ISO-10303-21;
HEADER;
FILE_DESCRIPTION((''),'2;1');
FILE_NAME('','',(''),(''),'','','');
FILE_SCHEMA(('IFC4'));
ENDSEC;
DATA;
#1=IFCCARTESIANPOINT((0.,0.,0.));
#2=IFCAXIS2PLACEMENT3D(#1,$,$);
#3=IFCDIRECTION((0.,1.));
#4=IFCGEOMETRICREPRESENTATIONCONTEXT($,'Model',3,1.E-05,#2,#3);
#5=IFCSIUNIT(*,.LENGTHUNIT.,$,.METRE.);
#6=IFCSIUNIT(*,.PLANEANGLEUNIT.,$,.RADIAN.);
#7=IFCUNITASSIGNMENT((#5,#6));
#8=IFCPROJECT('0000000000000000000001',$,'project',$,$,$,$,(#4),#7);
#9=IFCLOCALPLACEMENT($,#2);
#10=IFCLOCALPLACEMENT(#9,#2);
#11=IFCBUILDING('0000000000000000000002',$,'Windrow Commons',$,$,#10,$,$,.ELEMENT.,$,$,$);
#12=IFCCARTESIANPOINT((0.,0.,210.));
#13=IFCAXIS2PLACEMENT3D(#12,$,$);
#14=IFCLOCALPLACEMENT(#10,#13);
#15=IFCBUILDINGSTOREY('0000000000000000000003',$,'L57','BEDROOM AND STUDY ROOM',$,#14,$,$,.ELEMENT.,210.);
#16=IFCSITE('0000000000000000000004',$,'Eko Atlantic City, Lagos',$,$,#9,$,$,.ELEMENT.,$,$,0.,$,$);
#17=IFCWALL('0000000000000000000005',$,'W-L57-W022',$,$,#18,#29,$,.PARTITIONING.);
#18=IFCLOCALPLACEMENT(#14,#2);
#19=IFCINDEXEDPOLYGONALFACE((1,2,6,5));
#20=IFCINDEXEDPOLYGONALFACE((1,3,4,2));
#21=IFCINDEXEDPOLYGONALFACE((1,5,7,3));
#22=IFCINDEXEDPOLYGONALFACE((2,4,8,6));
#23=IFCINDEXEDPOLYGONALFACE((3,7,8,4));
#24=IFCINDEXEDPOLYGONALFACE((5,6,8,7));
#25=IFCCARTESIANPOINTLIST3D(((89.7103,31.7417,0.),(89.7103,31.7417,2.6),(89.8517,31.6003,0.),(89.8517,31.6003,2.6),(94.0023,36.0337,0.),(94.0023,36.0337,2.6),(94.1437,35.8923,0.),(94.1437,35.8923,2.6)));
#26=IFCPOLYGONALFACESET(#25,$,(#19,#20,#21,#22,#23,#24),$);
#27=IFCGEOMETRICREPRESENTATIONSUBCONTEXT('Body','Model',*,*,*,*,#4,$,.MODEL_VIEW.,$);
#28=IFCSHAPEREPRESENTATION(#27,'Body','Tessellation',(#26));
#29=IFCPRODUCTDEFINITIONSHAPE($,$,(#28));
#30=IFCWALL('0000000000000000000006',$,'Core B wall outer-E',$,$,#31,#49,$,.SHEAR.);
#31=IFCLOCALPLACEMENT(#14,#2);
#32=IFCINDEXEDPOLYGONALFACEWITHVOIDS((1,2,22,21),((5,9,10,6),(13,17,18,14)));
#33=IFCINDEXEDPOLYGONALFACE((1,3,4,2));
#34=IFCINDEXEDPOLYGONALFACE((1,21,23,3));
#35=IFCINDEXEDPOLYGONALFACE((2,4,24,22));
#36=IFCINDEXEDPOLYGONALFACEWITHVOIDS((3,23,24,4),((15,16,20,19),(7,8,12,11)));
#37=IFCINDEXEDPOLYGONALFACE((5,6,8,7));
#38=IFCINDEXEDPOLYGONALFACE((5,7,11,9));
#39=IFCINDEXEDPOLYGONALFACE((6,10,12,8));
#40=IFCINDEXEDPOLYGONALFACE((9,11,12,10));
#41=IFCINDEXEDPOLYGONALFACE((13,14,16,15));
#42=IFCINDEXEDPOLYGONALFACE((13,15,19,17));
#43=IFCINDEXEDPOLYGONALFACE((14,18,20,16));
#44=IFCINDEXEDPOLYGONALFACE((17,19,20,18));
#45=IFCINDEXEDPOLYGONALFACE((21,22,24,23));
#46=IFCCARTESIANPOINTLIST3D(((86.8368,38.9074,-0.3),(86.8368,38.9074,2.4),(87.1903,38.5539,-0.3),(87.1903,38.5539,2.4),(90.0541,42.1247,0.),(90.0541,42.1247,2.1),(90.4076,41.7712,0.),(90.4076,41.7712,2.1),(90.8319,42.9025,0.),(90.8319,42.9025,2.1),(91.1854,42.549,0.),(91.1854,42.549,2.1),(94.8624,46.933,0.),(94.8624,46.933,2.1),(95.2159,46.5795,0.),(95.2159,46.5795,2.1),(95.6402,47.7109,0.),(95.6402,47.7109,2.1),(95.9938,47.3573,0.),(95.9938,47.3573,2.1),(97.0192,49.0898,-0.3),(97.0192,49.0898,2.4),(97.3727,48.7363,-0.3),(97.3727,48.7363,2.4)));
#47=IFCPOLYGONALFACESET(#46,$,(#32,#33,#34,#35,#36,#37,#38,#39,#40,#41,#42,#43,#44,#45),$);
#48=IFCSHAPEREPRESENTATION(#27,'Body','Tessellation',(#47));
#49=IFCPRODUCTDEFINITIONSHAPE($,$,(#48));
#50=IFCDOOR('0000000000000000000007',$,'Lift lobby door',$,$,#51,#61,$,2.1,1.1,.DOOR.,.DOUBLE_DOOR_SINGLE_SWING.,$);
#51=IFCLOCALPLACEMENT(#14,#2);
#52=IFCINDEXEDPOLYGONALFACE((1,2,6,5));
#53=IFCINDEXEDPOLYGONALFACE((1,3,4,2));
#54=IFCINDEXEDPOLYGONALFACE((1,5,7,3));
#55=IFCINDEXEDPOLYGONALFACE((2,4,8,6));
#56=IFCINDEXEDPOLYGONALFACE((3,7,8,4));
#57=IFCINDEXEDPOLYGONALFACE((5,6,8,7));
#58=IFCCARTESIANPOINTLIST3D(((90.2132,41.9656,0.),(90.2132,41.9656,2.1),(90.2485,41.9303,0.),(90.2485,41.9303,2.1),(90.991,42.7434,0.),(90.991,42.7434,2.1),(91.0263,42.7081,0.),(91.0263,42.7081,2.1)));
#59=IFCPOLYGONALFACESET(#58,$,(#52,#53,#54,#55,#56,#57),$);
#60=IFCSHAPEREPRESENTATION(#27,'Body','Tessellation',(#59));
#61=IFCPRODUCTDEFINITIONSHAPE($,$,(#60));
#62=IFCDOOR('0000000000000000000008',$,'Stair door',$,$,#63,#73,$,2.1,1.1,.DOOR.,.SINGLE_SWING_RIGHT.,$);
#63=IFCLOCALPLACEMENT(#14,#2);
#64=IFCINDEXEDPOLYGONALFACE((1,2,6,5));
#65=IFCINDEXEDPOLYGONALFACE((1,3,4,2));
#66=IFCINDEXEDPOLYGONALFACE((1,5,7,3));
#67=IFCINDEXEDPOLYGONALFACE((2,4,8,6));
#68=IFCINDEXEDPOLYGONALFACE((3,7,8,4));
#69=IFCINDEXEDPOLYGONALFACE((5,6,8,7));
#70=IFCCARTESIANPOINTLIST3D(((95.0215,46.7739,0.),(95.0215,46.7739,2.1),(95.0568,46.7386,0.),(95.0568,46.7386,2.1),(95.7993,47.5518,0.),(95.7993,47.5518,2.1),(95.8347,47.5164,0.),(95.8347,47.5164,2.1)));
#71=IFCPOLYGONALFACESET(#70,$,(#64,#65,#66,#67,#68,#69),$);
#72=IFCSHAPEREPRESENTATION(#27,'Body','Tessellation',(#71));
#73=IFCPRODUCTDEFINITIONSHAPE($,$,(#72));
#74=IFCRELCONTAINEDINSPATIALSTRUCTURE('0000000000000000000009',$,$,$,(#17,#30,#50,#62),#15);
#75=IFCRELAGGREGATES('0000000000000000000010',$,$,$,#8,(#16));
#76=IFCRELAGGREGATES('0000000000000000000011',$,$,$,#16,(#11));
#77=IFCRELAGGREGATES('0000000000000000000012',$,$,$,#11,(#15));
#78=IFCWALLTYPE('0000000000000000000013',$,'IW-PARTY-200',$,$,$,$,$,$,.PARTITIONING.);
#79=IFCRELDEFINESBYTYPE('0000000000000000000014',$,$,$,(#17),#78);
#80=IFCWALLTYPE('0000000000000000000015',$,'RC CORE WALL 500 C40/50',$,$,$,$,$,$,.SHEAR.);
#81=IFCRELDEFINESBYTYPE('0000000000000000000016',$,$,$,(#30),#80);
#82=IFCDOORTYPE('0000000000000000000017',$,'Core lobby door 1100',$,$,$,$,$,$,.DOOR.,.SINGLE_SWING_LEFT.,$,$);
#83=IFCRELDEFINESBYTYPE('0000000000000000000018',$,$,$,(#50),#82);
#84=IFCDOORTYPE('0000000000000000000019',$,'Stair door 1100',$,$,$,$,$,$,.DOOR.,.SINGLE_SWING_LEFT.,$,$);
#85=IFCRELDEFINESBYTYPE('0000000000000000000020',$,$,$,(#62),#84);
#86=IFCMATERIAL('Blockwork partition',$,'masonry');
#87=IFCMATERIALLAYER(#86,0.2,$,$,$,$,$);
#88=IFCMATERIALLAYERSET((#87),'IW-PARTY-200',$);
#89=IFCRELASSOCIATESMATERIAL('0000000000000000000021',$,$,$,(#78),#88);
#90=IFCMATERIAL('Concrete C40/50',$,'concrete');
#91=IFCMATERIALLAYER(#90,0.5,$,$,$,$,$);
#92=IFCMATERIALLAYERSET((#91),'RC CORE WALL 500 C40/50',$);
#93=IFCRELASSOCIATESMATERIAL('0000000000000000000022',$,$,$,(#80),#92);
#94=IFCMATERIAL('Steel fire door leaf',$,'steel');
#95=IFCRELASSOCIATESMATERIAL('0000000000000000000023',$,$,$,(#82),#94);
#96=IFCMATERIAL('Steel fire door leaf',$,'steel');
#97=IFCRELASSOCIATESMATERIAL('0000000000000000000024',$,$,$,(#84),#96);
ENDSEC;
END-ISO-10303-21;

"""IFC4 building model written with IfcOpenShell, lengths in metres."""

from ifc_helpers import new_model, si_unit, direction, frame, frame_2d, origin, place, context, subcontext, project, spatial, rectangle, extrude, material, layer, layer_set, type_object, element, fill, save


model = new_model("IFC4")

# Units and contexts
model_context = context("Model", 3, precision=1e-05, world=origin(), true_north=direction((0.0, 1.0)))
body_context = subcontext(model_context, "Body", "Model", "MODEL_VIEW")
ifc_project = project(units=[si_unit("LENGTHUNIT", "METRE"), si_unit("PLANEANGLEUNIT", "RADIAN")], contexts=[model_context])

# Site, building, storey
site_placement = place(None, origin())
site = spatial("IfcSite", under=ifc_project, at=site_placement, Name="Eko Atlantic City, Lagos", CompositionType="ELEMENT", RefElevation=0.0)
building_placement = place(site_placement, origin())
building = spatial("IfcBuilding", under=site, at=building_placement, Name="Windrow Commons", CompositionType="ELEMENT")
storey_placement = place(building_placement, frame((0.0, 0.0, 210.0)))
storey = spatial("IfcBuildingStorey", under=building, at=storey_placement, Name="L57", Description="BEDROOM AND STUDY ROOM", CompositionType="ELEMENT", Elevation=210.0)

# Wall
ifc_material_1 = material(Name="Blockwork partition", Category="masonry")
ifc_layer_1 = layer(ifc_material_1, 0.2)
ifc_layer_set_1 = layer_set([ifc_layer_1], Name="IW-PARTY-200")
wall_type_1 = type_object("IfcWallType", Name="IW-PARTY-200", PredefinedType="PARTITIONING", material=ifc_layer_set_1)
wall_1_placement = place(storey_placement, frame((89.781, 31.671, 0.0), z_axis=(0.0, 0.0, 1.0), x_axis=(0.707107, 0.707107, 0.0)))
element("IfcWall", 1, at=wall_1_placement, inside=storey, type_object=wall_type_1, Name="W-L57-W022", PredefinedType="PARTITIONING", context=body_context, shape_type="SweptSolid", body=[
    extrude(rectangle(XDim=6.0698, YDim=0.2, at=frame_2d((3.0349, 0.0))), origin(), (0.0, 0.0, 1.0), 2.6),
])

# Wall, openings, doors
ifc_material_2 = material(Name="Concrete C40/50", Category="concrete")
ifc_layer_2 = layer(ifc_material_2, 0.5)
ifc_layer_set_2 = layer_set([ifc_layer_2], Name="RC CORE WALL 500 C40/50")
wall_type_2 = type_object("IfcWallType", Name="RC CORE WALL 500 C40/50", PredefinedType="SHEAR", material=ifc_layer_set_2)
wall_2_placement = place(storey_placement, frame((87.0135, 38.7306, -0.3), z_axis=(0.0, 0.0, 1.0), x_axis=(0.707107, 0.707107, 0.0)))
wall_2 = element("IfcWall", 2, at=wall_2_placement, inside=storey, type_object=wall_type_2, Name="Core B wall outer-E", PredefinedType="SHEAR", context=body_context, shape_type="SweptSolid", body=[
    extrude(rectangle(XDim=14.4001, YDim=0.5, at=frame_2d((7.2001, 0.0))), origin(), (0.0, 0.0, 1.0), 2.7),
])
opening_1_placement = place(wall_2_placement, frame((4.55, 0.0, 0.3)))
opening_1 = element("IfcOpeningElement", 3, at=opening_1_placement, cuts=wall_2, PredefinedType="OPENING", context=body_context, shape_type="SweptSolid", body=[
    extrude(rectangle(XDim=1.1, YDim=2.1, at=frame_2d((0.55, 1.05))), frame((0.0, 0.26, 0.0), z_axis=(0.0, -1.0, 0.0), x_axis=(1.0, 0.0, 0.0)), (0.0, 0.0, 1.0), 0.52),
])
opening_2_placement = place(wall_2_placement, frame((11.35, 0.0, 0.3)))
opening_2 = element("IfcOpeningElement", 4, at=opening_2_placement, cuts=wall_2, PredefinedType="OPENING", context=body_context, shape_type="SweptSolid", body=[
    extrude(rectangle(XDim=1.1, YDim=2.1, at=frame_2d((0.55, 1.05))), frame((0.0, 0.26, 0.0), z_axis=(0.0, -1.0, 0.0), x_axis=(1.0, 0.0, 0.0)), (0.0, 0.0, 1.0), 0.52),
])
ifc_material_3 = material(Name="Steel fire door leaf", Category="steel")
door_type_1 = type_object("IfcDoorType", Name="Core lobby door 1100", OperationType="SINGLE_SWING_LEFT", PredefinedType="DOOR", material=ifc_material_3)
door_1_placement = place(opening_1_placement, origin())
door_1 = element("IfcDoor", 5, at=door_1_placement, inside=storey, type_object=door_type_1, Name="Lift lobby door", OperationType="DOUBLE_DOOR_SINGLE_SWING", OverallHeight=2.1, OverallWidth=1.1, PredefinedType="DOOR", context=body_context, shape_type="SweptSolid", body=[
    extrude(rectangle(XDim=1.1, YDim=2.1, at=frame_2d((0.55, 1.05))), frame((0.0, 0.025, 0.0), z_axis=(0.0, -1.0, 0.0), x_axis=(1.0, 0.0, 0.0)), (0.0, 0.0, 1.0), 0.05),
])
fill(opening_1, door_1)
ifc_material_4 = material(Name="Steel fire door leaf", Category="steel")
door_type_2 = type_object("IfcDoorType", Name="Stair door 1100", OperationType="SINGLE_SWING_LEFT", PredefinedType="DOOR", material=ifc_material_4)
door_2_placement = place(opening_2_placement, origin())
door_2 = element("IfcDoor", 6, at=door_2_placement, inside=storey, type_object=door_type_2, Name="Stair door", OperationType="SINGLE_SWING_RIGHT", OverallHeight=2.1, OverallWidth=1.1, PredefinedType="DOOR", context=body_context, shape_type="SweptSolid", body=[
    extrude(rectangle(XDim=1.1, YDim=2.1, at=frame_2d((0.55, 1.05))), frame((0.0, 0.025, 0.0), z_axis=(0.0, -1.0, 0.0), x_axis=(1.0, 0.0, 0.0)), (0.0, 0.0, 1.0), 0.05),
])
fill(opening_2, door_2)

save(model, "model.ifc")
